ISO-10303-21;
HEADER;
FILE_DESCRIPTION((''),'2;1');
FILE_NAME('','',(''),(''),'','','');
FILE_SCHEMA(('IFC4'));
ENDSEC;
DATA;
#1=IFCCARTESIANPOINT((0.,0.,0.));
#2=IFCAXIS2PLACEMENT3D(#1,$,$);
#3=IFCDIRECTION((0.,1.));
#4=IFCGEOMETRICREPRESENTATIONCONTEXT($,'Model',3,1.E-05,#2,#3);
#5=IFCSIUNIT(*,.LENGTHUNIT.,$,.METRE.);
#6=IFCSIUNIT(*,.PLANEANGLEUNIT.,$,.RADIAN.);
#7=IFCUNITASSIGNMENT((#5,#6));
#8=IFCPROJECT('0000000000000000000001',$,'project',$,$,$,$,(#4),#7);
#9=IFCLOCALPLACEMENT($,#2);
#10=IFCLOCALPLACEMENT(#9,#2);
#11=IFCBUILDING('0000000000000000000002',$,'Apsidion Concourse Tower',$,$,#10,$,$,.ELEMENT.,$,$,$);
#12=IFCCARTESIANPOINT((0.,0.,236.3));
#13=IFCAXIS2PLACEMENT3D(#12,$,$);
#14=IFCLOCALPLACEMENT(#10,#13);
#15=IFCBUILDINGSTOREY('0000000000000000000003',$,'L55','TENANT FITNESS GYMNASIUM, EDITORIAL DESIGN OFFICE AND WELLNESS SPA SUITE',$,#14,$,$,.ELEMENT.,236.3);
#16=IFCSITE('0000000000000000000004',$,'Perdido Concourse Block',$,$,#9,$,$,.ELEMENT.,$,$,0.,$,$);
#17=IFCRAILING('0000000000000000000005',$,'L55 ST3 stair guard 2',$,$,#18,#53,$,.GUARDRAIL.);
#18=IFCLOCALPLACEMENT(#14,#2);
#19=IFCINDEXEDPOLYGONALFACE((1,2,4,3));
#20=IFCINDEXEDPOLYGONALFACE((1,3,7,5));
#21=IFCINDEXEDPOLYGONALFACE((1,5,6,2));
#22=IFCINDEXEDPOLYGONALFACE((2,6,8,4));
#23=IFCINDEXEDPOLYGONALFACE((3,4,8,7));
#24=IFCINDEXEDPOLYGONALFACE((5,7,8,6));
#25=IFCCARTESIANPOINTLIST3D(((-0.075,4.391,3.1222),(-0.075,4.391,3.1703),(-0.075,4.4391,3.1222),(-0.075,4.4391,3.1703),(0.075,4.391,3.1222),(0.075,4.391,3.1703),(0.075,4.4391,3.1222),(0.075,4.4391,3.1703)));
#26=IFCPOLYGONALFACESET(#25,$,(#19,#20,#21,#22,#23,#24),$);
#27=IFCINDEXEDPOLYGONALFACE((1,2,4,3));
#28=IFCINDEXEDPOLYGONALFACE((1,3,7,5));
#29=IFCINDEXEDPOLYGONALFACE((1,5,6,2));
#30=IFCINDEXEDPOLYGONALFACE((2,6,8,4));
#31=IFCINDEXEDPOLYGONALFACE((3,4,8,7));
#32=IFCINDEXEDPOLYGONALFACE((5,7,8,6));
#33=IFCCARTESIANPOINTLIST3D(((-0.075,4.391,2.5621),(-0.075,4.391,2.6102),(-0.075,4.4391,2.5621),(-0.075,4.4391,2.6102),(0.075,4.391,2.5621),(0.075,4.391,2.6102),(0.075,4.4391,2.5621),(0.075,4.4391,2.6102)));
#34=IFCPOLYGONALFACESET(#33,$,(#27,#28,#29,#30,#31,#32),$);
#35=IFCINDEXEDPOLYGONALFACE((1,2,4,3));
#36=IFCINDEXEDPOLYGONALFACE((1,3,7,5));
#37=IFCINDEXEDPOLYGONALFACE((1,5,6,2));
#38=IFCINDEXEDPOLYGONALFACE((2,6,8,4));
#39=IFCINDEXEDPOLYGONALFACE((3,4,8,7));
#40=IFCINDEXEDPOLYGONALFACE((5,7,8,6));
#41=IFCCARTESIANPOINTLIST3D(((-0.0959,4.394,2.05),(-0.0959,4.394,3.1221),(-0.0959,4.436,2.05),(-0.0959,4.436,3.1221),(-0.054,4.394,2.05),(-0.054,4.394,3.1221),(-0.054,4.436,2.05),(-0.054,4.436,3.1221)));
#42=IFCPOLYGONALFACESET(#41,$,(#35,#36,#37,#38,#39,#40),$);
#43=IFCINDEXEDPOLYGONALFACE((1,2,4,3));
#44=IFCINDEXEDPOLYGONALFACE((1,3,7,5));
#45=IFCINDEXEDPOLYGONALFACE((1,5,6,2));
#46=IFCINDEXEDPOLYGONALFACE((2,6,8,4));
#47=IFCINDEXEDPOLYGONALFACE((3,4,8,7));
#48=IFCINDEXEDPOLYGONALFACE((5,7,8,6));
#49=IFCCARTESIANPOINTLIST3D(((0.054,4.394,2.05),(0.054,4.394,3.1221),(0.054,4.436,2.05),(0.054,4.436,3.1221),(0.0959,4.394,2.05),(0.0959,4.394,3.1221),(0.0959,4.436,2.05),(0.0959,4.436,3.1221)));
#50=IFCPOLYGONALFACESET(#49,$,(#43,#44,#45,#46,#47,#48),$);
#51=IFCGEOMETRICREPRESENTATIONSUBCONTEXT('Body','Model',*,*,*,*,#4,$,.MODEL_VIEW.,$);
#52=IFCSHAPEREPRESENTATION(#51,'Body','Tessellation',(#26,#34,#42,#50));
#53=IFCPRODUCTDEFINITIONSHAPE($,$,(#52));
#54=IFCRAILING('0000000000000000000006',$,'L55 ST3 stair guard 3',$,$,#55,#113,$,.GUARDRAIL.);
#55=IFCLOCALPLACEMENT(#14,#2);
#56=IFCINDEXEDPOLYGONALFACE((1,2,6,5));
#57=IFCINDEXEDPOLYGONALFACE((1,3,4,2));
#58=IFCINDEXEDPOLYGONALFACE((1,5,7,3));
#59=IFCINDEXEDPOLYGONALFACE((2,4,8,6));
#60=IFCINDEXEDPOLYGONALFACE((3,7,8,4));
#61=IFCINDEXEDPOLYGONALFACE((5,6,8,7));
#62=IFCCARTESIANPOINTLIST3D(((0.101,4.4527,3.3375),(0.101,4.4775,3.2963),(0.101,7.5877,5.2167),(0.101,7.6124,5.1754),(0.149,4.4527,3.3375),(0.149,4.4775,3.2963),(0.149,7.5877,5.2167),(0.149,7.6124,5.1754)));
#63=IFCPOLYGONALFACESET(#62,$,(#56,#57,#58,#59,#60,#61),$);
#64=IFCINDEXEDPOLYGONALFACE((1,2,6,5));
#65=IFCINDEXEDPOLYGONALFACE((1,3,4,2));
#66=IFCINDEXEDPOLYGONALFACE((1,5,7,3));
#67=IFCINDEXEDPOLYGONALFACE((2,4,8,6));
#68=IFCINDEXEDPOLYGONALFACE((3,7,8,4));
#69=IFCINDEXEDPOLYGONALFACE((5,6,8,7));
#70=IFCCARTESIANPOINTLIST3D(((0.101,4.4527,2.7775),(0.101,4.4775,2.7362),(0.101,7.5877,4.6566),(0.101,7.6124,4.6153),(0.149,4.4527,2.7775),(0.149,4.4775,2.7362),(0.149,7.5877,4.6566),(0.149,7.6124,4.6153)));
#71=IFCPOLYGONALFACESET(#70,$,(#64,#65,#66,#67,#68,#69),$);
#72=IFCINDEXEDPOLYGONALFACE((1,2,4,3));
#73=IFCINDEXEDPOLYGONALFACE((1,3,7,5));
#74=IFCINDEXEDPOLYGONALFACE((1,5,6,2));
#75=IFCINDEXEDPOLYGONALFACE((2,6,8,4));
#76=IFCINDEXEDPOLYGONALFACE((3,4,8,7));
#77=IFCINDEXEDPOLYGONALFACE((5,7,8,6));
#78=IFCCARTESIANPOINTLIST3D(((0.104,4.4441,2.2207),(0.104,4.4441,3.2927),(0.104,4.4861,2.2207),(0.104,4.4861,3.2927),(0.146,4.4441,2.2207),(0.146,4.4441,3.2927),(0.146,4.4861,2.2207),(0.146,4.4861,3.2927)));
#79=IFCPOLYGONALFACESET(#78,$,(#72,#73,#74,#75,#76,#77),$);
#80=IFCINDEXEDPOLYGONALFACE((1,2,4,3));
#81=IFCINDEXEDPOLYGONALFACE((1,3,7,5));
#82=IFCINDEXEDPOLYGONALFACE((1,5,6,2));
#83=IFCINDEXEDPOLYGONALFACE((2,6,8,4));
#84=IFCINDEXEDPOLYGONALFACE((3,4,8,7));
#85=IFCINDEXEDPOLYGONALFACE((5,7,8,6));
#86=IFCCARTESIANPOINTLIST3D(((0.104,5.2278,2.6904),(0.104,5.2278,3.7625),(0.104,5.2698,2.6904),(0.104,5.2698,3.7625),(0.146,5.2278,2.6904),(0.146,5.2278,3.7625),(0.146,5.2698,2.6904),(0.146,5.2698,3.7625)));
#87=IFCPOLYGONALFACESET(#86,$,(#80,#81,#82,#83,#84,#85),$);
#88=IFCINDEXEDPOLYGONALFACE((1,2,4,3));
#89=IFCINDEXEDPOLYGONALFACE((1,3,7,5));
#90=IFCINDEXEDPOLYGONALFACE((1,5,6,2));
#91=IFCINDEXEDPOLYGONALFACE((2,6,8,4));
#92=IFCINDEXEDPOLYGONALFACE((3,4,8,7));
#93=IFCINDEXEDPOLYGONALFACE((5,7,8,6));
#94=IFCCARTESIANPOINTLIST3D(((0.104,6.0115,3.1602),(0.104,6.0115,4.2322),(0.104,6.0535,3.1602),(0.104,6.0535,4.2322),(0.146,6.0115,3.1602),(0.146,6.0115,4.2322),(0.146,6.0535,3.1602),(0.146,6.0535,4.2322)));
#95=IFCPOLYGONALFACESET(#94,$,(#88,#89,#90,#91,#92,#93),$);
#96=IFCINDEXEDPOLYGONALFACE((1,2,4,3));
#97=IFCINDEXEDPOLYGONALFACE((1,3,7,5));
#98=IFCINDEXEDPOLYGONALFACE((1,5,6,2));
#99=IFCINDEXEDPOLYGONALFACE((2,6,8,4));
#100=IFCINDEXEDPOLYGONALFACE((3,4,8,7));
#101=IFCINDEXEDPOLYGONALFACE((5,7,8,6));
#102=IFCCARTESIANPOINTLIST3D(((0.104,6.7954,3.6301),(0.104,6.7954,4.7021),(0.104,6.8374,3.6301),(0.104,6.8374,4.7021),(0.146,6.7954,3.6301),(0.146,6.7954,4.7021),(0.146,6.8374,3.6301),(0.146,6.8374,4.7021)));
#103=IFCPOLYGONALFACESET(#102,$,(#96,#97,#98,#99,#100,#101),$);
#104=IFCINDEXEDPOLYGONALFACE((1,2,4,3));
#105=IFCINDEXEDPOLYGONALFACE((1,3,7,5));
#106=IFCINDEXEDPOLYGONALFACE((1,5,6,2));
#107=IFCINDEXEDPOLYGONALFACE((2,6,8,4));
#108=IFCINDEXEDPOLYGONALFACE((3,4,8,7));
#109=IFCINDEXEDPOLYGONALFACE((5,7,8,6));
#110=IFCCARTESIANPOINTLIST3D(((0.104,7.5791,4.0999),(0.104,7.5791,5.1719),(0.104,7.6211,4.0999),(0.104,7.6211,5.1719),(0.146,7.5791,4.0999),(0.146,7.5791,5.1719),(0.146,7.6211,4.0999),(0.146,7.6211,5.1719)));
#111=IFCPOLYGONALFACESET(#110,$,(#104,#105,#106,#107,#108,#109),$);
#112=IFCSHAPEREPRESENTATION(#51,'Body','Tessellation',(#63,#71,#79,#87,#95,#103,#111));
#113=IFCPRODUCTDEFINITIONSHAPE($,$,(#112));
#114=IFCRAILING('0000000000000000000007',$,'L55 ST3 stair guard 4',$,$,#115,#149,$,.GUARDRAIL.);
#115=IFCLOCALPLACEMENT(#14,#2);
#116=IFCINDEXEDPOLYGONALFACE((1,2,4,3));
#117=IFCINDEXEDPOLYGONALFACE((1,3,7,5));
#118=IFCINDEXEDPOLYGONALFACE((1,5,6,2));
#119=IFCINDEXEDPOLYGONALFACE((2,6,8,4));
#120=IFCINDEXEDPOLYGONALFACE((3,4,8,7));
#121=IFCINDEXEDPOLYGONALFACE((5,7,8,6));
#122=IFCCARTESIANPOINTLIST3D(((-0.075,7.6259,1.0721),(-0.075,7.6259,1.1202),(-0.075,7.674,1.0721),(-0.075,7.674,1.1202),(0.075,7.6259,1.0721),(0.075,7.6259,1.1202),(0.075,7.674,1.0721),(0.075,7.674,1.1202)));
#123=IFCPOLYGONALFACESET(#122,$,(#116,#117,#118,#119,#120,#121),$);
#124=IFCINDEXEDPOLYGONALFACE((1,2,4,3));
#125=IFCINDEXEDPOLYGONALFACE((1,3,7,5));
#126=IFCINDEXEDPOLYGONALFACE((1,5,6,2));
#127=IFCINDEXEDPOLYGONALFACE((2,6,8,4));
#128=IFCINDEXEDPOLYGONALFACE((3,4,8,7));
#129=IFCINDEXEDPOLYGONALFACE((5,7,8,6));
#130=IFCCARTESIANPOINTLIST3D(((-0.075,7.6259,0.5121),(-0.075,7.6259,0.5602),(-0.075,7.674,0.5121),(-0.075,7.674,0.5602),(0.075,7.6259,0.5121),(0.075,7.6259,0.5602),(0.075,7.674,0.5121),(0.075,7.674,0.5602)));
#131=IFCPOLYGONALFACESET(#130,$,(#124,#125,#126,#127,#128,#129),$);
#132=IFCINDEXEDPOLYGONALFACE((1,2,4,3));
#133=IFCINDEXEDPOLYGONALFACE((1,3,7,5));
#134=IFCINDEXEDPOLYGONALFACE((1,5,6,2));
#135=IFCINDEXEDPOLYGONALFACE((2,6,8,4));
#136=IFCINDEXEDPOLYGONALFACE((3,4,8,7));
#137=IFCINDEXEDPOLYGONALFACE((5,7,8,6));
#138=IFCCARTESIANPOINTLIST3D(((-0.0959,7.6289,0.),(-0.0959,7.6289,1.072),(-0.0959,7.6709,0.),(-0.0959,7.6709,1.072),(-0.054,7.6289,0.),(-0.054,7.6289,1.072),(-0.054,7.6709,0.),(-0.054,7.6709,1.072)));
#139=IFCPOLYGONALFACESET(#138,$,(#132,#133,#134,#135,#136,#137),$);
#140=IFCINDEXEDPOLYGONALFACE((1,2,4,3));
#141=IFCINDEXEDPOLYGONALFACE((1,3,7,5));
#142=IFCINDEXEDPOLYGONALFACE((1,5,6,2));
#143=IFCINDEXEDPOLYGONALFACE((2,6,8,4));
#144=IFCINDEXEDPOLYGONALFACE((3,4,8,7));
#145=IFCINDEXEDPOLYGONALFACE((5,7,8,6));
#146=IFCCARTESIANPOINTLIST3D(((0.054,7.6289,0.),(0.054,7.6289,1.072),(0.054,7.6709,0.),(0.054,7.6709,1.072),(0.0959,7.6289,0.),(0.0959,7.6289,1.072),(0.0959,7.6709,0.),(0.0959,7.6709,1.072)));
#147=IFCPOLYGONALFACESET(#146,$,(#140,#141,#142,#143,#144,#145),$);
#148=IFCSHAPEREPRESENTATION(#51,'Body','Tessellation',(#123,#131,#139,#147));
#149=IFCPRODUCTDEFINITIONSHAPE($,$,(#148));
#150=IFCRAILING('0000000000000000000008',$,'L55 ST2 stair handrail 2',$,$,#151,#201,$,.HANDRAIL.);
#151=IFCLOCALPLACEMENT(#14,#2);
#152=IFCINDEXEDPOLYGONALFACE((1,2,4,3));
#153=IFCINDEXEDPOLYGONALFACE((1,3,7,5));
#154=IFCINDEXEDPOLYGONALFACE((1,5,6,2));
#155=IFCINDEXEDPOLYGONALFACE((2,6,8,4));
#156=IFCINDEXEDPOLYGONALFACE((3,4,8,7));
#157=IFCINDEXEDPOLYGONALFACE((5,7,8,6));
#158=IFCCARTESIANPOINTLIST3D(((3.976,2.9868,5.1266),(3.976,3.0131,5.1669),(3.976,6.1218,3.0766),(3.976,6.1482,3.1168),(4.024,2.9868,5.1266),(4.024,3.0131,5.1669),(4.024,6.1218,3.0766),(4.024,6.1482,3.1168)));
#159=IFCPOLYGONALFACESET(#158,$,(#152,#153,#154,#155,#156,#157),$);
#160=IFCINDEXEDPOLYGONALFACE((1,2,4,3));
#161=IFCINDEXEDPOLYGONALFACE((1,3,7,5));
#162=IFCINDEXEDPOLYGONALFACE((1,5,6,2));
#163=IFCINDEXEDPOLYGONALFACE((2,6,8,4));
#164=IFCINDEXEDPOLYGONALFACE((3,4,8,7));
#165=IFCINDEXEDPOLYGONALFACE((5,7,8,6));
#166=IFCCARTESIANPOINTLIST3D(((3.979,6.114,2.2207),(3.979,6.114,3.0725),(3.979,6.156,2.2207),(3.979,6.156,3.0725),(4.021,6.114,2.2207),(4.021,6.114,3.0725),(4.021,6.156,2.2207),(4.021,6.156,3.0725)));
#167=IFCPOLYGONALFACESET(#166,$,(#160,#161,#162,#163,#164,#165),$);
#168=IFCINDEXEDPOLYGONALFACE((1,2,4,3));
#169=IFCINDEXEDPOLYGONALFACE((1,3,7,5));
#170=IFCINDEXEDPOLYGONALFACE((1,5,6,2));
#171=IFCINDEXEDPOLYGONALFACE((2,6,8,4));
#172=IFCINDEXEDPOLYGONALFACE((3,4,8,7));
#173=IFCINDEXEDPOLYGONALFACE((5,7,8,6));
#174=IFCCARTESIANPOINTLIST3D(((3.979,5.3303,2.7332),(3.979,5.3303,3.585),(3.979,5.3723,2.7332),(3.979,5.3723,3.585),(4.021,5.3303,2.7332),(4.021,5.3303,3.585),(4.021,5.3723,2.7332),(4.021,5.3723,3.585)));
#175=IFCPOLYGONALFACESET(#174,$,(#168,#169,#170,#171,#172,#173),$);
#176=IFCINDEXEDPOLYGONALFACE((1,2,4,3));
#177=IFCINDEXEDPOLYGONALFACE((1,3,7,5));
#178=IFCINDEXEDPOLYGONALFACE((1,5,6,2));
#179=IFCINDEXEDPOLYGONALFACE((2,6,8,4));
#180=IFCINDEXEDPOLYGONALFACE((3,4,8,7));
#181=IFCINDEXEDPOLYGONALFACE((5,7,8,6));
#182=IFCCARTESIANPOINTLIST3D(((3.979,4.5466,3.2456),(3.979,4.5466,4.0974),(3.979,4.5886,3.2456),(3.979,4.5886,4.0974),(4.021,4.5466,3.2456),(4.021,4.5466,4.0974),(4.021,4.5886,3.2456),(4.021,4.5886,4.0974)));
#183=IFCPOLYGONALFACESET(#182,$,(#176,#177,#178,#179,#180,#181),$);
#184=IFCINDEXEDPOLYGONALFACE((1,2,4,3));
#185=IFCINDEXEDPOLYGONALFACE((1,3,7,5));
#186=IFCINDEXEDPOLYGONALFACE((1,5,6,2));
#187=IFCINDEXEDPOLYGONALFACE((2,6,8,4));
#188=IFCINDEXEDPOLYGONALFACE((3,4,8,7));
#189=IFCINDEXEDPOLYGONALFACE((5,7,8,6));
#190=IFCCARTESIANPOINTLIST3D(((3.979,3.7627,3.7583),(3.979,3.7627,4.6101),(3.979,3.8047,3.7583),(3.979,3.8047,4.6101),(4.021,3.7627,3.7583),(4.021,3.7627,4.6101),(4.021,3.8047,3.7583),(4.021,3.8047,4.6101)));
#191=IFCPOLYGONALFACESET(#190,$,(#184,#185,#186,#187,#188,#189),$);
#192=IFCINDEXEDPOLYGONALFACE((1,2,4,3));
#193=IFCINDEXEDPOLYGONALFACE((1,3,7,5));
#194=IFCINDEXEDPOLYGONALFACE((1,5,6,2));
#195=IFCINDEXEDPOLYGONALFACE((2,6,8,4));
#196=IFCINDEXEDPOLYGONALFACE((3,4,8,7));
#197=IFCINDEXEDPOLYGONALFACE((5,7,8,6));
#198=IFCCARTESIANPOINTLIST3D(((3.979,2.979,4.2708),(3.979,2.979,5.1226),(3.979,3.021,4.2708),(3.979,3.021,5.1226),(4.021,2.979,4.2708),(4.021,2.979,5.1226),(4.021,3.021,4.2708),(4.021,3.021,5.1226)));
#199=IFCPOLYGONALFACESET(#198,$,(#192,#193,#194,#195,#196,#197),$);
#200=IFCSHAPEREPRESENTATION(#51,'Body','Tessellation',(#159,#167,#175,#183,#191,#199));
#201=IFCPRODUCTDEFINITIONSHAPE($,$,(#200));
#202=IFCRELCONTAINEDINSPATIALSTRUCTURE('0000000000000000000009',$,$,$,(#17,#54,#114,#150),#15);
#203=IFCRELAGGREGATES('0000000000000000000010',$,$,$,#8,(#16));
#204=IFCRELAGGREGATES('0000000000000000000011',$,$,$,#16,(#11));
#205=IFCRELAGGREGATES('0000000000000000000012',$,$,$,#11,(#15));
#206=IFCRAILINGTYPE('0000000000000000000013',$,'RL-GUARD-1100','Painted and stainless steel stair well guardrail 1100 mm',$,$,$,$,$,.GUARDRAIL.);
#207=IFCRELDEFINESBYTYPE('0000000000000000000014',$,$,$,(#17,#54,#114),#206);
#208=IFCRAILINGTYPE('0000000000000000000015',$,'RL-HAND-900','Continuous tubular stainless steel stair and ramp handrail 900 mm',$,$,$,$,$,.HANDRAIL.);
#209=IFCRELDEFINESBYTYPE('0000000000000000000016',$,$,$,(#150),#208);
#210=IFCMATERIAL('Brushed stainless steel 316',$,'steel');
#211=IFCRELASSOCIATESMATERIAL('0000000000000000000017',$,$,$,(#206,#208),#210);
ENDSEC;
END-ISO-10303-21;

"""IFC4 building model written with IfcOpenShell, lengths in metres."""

from ifc_helpers import new_model, si_unit, direction, frame, origin, origin_2d, place, context, subcontext, project, spatial, rectangle, extrude, material, type_object, element, save


model = new_model("IFC4")

# Units and contexts
model_context = context("Model", 3, precision=1e-05, world=origin(), true_north=direction((0.0, 1.0)))
body_context = subcontext(model_context, "Body", "Model", "MODEL_VIEW")
ifc_project = project(units=[si_unit("LENGTHUNIT", "METRE"), si_unit("PLANEANGLEUNIT", "RADIAN")], contexts=[model_context])

# Site, building, storey
site_placement = place(None, origin())
site = spatial("IfcSite", under=ifc_project, at=site_placement, Name="Perdido Concourse Block", CompositionType="ELEMENT", RefElevation=0.0)
building_placement = place(site_placement, origin())
building = spatial("IfcBuilding", under=site, at=building_placement, Name="Apsidion Concourse Tower", CompositionType="ELEMENT")
storey_placement = place(building_placement, frame((0.0, 0.0, 236.3)))
storey = spatial("IfcBuildingStorey", under=building, at=storey_placement, Name="L55", Description="TENANT FITNESS GYMNASIUM, EDITORIAL DESIGN OFFICE AND WELLNESS SPA SUITE", CompositionType="ELEMENT", Elevation=236.3)

# Railings
ifc_material_1 = material(Name="Brushed stainless steel 316", Category="steel")
railing_type_1 = type_object("IfcRailingType", Name="RL-GUARD-1100", Description="Painted and stainless steel stair well guardrail 1100 mm", PredefinedType="GUARDRAIL", material=ifc_material_1)
railing_1_placement = place(storey_placement, frame((-0.075, 4.415, 2.05)))
element("IfcRailing", 1, at=railing_1_placement, inside=storey, type_object=railing_type_1, Name="L55 ST3 stair guard 2", PredefinedType="GUARDRAIL", context=body_context, shape_type="SweptSolid", body=[
    extrude(rectangle(XDim=0.0481, YDim=0.0481, at=origin_2d()), frame((0.0, 0.0, 1.0962), z_axis=(1.0, 0.0, 0.0), x_axis=(0.0, 1.0, 0.0)), (0.0, 0.0, 1.0), 0.1499),
    extrude(rectangle(XDim=0.0481, YDim=0.0481, at=origin_2d()), frame((0.0, 0.0, 0.5361), z_axis=(1.0, 0.0, 0.0), x_axis=(0.0, 1.0, 0.0)), (0.0, 0.0, 1.0), 0.1499),
    extrude(rectangle(XDim=0.042, YDim=0.042, at=origin_2d()), origin(), (0.0, 0.0, 1.0), 1.072),
    extrude(rectangle(XDim=0.042, YDim=0.042, at=origin_2d()), frame((0.1499, 0.0, 0.0)), (0.0, 0.0, 1.0), 1.072),
])
railing_2_placement = place(storey_placement, frame((0.125, 4.4651, 2.2207)))
element("IfcRailing", 2, at=railing_2_placement, inside=storey, type_object=railing_type_1, Name="L55 ST3 stair guard 3", PredefinedType="GUARDRAIL", context=body_context, shape_type="SweptSolid", body=[
    extrude(rectangle(XDim=0.0481, YDim=0.0481, at=origin_2d()), frame((0.0, 0.0, 1.0962), z_axis=(0.0, 0.857717, 0.514122), x_axis=(-1.0, 0.0, 0.0)), (0.0, 0.0, 1.0), 3.655),
    extrude(rectangle(XDim=0.0481, YDim=0.0481, at=origin_2d()), frame((0.0, 0.0, 0.5361), z_axis=(0.0, 0.857717, 0.514122), x_axis=(-1.0, 0.0, 0.0)), (0.0, 0.0, 1.0), 3.655),
    extrude(rectangle(XDim=0.042, YDim=0.042, at=origin_2d()), origin(), (0.0, 0.0, 1.0), 1.072),
    extrude(rectangle(XDim=0.042, YDim=0.042, at=origin_2d()), frame((0.0, 0.7837, 0.4697)), (0.0, 0.0, 1.0), 1.072),
    extrude(rectangle(XDim=0.042, YDim=0.042, at=origin_2d()), frame((0.0, 1.5674, 0.9395)), (0.0, 0.0, 1.0), 1.072),
    extrude(rectangle(XDim=0.042, YDim=0.042, at=origin_2d()), frame((0.0, 2.3513, 1.4094)), (0.0, 0.0, 1.0), 1.072),
    extrude(rectangle(XDim=0.042, YDim=0.042, at=origin_2d()), frame((0.0, 3.135, 1.8792)), (0.0, 0.0, 1.0), 1.072),
])
railing_3_placement = place(storey_placement, frame((-0.075, 7.6499, 0.0)))
element("IfcRailing", 3, at=railing_3_placement, inside=storey, type_object=railing_type_1, Name="L55 ST3 stair guard 4", PredefinedType="GUARDRAIL", context=body_context, shape_type="SweptSolid", body=[
    extrude(rectangle(XDim=0.0481, YDim=0.0481, at=origin_2d()), frame((0.0, 0.0, 1.0962), z_axis=(1.0, 0.0, 0.0), x_axis=(0.0, 1.0, 0.0)), (0.0, 0.0, 1.0), 0.1499),
    extrude(rectangle(XDim=0.0481, YDim=0.0481, at=origin_2d()), frame((0.0, 0.0, 0.5361), z_axis=(1.0, 0.0, 0.0), x_axis=(0.0, 1.0, 0.0)), (0.0, 0.0, 1.0), 0.1499),
    extrude(rectangle(XDim=0.042, YDim=0.042, at=origin_2d()), origin(), (0.0, 0.0, 1.0), 1.072),
    extrude(rectangle(XDim=0.042, YDim=0.042, at=origin_2d()), frame((0.1499, 0.0, 0.0)), (0.0, 0.0, 1.0), 1.072),
])
railing_type_2 = type_object("IfcRailingType", Name="RL-HAND-900", Description="Continuous tubular stainless steel stair and ramp handrail 900 mm", PredefinedType="HANDRAIL", material=ifc_material_1)
railing_4_placement = place(storey_placement, frame((4.0, 6.135, 2.2207)))
element("IfcRailing", 4, at=railing_4_placement, inside=storey, type_object=railing_type_2, Name="L55 ST2 stair handrail 2", PredefinedType="HANDRAIL", context=body_context, shape_type="SweptSolid", body=[
    extrude(rectangle(XDim=0.0481, YDim=0.0481, at=origin_2d()), frame((0.0, 0.0, 0.876), z_axis=(0.0, -0.836941, 0.547293), x_axis=(1.0, 0.0, 0.0)), (0.0, 0.0, 1.0), 3.7458),
    extrude(rectangle(XDim=0.042, YDim=0.042, at=origin_2d()), origin(), (0.0, 0.0, 1.0), 0.8518),
    extrude(rectangle(XDim=0.042, YDim=0.042, at=origin_2d()), frame((0.0, -0.7837, 0.5125)), (0.0, 0.0, 1.0), 0.8518),
    extrude(rectangle(XDim=0.042, YDim=0.042, at=origin_2d()), frame((0.0, -1.5674, 1.0249)), (0.0, 0.0, 1.0), 0.8518),
    extrude(rectangle(XDim=0.042, YDim=0.042, at=origin_2d()), frame((0.0, -2.3513, 1.5376)), (0.0, 0.0, 1.0), 0.8518),
    extrude(rectangle(XDim=0.042, YDim=0.042, at=origin_2d()), frame((0.0, -3.135, 2.05)), (0.0, 0.0, 1.0), 0.8518),
])

save(model, "model.ifc")
